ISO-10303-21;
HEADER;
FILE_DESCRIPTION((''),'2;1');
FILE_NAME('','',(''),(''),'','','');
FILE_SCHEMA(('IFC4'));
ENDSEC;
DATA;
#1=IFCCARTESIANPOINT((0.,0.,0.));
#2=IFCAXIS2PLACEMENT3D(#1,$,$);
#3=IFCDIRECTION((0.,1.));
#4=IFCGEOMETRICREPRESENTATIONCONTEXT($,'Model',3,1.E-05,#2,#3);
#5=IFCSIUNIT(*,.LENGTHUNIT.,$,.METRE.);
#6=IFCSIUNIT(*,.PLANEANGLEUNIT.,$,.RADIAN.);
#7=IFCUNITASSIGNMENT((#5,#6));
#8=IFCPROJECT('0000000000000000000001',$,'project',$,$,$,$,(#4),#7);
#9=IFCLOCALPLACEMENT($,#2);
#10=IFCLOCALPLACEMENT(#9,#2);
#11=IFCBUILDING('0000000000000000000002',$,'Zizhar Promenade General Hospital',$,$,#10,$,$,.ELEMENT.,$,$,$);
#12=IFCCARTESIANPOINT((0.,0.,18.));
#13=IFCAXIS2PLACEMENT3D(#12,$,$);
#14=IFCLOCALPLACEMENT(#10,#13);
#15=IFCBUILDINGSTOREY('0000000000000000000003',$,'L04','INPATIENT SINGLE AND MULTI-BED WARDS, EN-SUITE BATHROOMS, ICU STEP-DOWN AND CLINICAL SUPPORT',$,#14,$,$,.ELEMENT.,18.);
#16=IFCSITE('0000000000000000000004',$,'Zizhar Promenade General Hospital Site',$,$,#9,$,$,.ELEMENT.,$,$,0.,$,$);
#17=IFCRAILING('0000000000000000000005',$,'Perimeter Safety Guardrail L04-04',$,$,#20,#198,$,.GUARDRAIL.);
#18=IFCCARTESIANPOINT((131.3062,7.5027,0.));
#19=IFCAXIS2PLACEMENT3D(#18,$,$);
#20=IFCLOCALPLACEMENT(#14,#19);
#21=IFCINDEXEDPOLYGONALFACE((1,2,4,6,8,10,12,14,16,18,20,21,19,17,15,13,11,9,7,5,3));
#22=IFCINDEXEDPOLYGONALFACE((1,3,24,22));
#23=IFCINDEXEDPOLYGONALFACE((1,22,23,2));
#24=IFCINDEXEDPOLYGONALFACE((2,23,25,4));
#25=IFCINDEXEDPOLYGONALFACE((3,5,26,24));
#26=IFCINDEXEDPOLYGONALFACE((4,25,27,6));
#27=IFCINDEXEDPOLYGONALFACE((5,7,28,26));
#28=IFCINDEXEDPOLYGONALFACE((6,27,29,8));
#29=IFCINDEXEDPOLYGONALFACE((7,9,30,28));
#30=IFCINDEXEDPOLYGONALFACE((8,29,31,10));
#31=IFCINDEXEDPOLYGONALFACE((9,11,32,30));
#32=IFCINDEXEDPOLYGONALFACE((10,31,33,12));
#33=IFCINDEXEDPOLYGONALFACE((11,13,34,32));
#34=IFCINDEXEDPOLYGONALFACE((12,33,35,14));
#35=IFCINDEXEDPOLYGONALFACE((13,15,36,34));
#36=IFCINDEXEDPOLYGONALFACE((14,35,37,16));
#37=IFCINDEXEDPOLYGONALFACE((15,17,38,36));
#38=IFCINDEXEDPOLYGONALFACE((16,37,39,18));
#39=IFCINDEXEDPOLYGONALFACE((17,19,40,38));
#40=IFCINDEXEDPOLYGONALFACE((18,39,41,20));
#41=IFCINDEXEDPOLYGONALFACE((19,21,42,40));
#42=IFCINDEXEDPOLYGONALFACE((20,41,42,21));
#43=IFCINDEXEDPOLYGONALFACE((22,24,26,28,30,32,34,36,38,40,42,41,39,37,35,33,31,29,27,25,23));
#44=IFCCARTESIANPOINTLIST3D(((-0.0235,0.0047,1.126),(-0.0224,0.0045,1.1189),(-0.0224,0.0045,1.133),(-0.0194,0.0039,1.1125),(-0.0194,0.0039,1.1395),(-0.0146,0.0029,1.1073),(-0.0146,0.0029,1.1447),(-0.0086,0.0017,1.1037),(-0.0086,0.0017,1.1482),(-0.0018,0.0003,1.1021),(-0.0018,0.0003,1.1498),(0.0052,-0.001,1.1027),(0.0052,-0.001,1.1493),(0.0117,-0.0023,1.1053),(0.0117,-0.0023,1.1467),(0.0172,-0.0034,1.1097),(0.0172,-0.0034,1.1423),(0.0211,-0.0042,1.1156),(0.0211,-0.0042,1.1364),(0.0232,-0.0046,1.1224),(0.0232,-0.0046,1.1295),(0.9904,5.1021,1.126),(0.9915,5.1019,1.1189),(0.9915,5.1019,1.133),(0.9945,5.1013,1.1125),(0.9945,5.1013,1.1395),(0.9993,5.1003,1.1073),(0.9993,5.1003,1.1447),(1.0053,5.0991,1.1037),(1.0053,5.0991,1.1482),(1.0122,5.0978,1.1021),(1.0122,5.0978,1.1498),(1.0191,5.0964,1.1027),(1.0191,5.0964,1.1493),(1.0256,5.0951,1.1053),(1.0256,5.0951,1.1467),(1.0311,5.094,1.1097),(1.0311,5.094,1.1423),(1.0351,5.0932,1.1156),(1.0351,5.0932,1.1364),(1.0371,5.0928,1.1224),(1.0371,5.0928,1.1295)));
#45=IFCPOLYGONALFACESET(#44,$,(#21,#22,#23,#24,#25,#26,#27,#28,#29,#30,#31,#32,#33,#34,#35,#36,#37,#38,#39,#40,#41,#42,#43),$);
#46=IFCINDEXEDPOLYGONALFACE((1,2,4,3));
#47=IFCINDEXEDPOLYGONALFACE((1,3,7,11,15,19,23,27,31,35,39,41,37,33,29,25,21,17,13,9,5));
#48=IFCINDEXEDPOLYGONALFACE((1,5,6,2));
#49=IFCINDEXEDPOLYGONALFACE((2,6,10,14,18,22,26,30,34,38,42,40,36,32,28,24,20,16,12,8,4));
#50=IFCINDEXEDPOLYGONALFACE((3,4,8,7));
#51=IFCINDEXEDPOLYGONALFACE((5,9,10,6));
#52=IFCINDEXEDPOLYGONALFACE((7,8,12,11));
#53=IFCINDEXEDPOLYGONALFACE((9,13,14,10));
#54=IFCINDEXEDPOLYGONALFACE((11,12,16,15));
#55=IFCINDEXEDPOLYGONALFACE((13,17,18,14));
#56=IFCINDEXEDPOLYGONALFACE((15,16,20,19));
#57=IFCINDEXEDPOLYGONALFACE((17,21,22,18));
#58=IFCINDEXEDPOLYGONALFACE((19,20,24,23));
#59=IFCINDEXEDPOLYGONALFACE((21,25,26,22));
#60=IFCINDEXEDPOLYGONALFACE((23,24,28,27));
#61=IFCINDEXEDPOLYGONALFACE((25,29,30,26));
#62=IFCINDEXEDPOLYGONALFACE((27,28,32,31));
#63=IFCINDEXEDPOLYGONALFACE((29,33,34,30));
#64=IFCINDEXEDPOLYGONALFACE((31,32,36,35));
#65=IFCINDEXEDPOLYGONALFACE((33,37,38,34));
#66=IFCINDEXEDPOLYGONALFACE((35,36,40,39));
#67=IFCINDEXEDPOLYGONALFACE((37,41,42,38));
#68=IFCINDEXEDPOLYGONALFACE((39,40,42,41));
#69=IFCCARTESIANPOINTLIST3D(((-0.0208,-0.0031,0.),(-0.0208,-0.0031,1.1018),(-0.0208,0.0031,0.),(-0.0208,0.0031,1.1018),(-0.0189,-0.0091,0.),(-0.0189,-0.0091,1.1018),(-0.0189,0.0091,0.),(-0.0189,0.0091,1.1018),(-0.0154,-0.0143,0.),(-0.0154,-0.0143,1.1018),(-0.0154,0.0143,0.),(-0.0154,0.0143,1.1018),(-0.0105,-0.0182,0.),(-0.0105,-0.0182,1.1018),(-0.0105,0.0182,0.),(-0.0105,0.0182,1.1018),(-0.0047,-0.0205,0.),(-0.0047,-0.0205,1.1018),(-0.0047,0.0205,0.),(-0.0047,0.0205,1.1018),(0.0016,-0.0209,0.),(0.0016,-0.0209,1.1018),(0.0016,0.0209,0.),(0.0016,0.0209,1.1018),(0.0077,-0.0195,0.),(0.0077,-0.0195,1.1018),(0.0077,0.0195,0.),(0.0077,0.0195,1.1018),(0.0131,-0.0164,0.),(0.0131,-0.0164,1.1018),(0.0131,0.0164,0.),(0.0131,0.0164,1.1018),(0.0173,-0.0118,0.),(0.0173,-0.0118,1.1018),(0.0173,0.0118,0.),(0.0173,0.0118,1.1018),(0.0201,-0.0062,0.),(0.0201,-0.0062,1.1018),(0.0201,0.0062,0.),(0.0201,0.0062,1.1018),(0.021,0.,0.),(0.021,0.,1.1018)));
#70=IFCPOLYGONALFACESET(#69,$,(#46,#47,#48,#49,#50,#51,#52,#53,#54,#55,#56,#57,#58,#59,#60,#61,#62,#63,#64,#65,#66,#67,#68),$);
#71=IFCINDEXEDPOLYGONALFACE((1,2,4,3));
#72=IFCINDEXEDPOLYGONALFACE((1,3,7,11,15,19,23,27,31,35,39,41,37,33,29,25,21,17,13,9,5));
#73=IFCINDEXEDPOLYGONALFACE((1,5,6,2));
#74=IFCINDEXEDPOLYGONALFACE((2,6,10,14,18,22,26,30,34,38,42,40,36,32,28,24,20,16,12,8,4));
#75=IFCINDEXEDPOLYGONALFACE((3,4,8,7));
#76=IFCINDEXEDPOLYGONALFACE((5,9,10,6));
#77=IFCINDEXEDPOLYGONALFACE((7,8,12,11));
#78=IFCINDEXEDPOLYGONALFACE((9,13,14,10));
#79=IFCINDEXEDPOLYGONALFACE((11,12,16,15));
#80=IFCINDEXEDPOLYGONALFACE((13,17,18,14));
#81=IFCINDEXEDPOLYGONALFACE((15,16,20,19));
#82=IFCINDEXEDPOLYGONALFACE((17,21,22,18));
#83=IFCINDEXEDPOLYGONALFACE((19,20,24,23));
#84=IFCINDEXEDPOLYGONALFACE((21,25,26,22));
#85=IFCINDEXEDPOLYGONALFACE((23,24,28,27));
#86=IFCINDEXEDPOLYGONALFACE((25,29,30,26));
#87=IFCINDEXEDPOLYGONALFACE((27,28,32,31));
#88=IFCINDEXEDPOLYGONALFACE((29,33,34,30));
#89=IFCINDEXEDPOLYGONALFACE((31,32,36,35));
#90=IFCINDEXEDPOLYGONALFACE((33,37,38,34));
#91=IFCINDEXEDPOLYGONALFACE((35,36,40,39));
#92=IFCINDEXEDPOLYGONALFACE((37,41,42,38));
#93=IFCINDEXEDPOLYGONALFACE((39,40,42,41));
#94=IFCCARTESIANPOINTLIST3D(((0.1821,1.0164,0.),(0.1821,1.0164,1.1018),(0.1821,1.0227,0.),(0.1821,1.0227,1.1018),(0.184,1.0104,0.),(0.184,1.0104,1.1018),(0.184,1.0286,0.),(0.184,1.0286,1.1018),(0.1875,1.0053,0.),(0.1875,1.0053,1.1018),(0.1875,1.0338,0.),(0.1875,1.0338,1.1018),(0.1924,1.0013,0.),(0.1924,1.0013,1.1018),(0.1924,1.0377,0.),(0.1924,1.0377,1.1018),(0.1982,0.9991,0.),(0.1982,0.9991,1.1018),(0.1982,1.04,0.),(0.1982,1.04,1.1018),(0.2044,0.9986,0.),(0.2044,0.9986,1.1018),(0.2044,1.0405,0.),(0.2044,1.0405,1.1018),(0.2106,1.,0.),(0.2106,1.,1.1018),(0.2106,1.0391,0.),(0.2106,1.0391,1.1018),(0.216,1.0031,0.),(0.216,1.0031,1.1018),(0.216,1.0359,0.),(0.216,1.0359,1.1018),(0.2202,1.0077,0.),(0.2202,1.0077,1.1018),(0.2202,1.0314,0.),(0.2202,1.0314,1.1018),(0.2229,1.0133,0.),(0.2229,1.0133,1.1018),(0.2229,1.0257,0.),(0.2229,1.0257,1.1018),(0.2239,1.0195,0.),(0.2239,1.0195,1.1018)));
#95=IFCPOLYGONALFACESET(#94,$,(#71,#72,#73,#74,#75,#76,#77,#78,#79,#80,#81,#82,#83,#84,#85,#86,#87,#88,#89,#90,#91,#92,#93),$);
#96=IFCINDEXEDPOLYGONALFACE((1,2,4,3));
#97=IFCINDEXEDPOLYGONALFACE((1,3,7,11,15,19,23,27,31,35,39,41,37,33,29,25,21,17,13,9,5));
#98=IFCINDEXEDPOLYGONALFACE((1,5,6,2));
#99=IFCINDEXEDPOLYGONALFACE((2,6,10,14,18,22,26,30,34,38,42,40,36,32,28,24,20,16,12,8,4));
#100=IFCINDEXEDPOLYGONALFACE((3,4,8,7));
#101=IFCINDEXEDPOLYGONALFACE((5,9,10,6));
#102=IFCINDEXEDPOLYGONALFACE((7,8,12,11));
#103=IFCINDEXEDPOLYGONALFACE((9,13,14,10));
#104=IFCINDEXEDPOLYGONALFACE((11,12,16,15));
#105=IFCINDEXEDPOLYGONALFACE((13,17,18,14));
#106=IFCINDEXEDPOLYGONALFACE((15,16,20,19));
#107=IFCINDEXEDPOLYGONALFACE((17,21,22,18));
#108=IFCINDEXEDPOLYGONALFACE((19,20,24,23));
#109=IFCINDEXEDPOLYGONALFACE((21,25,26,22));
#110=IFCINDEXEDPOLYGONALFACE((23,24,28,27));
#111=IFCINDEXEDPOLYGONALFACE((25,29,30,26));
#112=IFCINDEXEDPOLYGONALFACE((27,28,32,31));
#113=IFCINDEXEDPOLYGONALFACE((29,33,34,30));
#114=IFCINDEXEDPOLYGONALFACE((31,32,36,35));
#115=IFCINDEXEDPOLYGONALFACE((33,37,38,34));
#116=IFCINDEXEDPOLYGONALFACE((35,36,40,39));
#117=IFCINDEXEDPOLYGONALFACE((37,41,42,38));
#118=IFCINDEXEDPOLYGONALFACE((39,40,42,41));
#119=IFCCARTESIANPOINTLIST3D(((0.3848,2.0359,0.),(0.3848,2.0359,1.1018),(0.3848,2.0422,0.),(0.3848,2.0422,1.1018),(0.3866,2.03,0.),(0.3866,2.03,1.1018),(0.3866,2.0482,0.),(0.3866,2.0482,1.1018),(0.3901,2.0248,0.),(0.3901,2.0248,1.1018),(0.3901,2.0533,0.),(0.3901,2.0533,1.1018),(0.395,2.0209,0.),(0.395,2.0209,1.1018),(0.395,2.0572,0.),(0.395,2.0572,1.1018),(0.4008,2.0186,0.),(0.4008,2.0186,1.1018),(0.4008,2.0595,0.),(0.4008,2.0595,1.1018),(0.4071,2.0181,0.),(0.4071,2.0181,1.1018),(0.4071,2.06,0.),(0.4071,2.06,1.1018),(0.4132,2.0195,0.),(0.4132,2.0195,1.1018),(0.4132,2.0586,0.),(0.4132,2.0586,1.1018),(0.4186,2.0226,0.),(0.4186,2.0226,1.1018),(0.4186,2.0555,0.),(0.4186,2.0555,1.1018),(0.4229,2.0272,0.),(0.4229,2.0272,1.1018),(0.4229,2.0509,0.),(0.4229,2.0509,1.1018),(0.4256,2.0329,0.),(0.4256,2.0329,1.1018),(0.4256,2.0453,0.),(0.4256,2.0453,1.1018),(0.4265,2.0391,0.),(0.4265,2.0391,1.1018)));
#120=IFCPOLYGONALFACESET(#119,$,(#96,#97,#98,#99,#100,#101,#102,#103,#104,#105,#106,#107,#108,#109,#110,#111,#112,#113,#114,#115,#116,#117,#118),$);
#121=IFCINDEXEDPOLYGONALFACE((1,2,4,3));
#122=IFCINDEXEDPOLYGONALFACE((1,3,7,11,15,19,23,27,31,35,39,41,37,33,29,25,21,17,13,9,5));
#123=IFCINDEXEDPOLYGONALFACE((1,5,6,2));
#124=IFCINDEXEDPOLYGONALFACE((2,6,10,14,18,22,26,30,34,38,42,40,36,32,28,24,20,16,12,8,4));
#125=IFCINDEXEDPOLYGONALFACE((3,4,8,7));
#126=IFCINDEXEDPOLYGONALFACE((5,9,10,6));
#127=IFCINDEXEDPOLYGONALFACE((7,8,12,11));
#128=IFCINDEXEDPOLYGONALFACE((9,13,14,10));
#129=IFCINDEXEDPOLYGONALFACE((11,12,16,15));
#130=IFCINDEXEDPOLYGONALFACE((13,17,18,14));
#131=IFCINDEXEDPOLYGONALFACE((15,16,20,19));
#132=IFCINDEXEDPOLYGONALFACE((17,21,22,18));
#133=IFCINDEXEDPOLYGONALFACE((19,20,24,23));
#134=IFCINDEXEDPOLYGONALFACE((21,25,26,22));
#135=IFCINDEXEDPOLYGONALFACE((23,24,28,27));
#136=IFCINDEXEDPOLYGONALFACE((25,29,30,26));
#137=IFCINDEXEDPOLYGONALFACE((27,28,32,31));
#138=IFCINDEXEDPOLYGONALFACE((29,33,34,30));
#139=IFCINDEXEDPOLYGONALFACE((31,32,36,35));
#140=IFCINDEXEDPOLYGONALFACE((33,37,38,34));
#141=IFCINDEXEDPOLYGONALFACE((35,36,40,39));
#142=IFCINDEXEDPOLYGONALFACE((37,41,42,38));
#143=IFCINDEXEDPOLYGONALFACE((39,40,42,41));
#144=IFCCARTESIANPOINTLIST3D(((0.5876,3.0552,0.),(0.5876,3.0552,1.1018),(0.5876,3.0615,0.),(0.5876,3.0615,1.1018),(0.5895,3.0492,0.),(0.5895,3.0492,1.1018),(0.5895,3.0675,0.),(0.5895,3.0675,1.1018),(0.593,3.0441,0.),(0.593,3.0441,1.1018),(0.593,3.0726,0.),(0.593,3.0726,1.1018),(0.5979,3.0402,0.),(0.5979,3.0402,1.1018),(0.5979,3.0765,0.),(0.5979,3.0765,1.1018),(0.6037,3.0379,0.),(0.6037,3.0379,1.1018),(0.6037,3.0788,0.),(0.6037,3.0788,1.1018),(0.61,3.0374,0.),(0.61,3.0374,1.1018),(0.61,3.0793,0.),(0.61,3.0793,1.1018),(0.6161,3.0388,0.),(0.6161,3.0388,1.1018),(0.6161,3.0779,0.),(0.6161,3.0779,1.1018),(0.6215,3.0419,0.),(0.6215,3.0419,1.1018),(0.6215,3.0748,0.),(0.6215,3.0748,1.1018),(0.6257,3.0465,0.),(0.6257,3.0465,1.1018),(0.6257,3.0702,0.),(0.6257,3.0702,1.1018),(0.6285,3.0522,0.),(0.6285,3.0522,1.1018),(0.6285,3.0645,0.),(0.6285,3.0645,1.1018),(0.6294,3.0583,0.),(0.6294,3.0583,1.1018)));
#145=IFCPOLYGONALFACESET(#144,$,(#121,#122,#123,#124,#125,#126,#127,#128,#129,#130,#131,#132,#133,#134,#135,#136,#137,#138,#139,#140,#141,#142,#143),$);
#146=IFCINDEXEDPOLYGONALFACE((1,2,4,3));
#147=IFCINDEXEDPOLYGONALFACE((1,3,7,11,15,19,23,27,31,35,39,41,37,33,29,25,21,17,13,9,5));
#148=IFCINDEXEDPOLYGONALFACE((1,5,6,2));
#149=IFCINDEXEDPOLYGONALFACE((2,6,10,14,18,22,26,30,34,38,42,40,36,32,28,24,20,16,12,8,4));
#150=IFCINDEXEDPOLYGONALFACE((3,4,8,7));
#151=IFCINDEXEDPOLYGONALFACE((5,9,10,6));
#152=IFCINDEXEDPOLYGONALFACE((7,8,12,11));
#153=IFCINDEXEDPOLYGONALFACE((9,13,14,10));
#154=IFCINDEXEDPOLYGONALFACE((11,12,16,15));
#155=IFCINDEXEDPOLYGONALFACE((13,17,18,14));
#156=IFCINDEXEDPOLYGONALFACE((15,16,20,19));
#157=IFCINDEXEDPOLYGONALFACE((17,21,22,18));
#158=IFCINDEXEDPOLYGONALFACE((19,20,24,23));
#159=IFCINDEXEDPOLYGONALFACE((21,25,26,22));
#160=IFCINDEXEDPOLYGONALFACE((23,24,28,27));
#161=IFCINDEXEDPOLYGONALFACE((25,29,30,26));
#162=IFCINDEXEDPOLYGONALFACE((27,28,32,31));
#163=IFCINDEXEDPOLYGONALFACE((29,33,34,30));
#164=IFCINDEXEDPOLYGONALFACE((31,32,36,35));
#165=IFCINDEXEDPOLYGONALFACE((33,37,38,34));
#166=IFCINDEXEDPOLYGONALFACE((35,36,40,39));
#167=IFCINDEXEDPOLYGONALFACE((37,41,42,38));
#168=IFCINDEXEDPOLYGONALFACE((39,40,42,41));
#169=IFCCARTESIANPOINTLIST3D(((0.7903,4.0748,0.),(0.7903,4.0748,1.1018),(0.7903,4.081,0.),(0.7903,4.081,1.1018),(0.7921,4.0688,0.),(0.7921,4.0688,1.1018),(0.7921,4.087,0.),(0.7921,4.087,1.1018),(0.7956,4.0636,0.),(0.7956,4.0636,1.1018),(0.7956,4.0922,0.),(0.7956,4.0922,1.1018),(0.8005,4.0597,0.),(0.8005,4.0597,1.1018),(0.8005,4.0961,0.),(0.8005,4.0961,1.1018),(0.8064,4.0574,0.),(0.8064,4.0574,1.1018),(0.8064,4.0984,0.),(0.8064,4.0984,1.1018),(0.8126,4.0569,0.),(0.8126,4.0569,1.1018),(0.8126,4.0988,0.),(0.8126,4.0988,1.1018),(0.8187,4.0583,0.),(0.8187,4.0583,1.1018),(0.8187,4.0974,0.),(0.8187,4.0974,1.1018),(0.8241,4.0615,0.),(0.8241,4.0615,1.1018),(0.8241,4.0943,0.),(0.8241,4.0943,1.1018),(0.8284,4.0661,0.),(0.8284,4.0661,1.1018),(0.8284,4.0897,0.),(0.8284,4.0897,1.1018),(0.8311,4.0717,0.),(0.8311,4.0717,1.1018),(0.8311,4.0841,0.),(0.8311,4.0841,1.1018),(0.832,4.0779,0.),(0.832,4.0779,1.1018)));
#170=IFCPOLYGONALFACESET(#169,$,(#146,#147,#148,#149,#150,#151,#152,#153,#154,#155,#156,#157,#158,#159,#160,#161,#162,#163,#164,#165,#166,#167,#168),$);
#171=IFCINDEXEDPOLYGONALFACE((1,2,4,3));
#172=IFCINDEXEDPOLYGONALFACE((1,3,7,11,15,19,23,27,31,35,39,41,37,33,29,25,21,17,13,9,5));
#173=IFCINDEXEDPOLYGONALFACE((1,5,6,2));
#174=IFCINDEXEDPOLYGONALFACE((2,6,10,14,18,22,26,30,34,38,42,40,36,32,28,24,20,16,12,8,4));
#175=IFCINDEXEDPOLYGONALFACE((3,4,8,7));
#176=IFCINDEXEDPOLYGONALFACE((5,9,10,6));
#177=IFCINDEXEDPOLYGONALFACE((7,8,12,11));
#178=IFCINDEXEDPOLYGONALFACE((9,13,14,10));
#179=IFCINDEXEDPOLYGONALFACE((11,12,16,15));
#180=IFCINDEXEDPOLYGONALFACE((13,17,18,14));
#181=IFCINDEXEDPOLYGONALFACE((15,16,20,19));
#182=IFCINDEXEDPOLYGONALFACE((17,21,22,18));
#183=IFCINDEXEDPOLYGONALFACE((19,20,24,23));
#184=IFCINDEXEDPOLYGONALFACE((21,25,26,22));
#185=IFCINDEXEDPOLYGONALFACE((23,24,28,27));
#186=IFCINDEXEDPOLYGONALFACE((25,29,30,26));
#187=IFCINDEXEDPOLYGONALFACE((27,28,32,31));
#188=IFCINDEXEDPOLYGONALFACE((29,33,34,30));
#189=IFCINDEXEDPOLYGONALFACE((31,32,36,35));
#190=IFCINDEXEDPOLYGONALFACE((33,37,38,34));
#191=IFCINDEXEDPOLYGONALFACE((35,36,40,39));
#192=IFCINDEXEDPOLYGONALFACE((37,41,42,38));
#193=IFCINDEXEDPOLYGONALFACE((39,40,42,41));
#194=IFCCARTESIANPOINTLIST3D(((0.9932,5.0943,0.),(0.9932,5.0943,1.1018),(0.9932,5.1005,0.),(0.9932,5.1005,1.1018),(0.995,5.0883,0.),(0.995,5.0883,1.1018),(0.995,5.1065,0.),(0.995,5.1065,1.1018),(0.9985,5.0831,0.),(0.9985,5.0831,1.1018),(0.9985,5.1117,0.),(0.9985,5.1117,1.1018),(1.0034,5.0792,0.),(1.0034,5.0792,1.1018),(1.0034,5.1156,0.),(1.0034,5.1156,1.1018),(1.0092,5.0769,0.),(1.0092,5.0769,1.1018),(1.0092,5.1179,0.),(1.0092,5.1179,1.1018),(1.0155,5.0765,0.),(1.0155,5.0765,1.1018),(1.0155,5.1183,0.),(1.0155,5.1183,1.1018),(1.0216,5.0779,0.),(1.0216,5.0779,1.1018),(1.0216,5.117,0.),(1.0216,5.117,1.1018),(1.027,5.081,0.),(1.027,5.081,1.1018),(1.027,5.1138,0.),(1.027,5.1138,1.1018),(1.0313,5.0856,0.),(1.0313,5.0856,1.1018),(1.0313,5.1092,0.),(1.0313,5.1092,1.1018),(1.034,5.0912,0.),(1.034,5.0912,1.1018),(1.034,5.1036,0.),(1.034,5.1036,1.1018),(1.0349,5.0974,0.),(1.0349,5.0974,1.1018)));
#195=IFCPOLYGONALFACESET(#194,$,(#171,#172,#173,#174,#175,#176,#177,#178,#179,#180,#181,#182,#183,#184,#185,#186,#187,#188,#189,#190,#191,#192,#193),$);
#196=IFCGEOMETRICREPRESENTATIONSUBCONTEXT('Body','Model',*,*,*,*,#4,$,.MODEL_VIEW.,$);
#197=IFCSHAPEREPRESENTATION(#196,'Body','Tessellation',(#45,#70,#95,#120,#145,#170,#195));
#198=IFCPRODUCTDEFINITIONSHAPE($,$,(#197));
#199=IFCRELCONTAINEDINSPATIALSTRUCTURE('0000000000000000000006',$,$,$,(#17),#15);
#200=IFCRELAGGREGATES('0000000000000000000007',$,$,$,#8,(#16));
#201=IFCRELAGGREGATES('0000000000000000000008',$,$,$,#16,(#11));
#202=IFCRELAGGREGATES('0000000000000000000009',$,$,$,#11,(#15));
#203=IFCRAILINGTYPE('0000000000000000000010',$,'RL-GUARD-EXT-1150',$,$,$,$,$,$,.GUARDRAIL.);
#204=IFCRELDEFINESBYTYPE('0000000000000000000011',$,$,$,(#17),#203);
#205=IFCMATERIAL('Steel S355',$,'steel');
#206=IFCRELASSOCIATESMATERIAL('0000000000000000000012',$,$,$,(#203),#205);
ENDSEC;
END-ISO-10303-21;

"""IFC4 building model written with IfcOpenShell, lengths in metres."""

from ifc_helpers import new_model, si_unit, direction, frame, origin, origin_2d, place, context, subcontext, project, spatial, hollow_rectangle, circle, extrude, material, material_profile, profile_set, type_object, element, save


model = new_model("IFC4")

# Units and contexts
model_context = context("Model", 3, precision=1e-05, world=origin(), true_north=direction((0.0, 1.0)))
body_context = subcontext(model_context, "Body", "Model", "MODEL_VIEW")
ifc_project = project(units=[si_unit("LENGTHUNIT", "METRE"), si_unit("PLANEANGLEUNIT", "RADIAN")], contexts=[model_context])

# Site, building, storey
site_placement = place(None, origin())
site = spatial("IfcSite", under=ifc_project, at=site_placement, Name="Zizhar Promenade General Hospital Site", CompositionType="ELEMENT", RefElevation=0.0)
building_placement = place(site_placement, origin())
building = spatial("IfcBuilding", under=site, at=building_placement, Name="Zizhar Promenade General Hospital", CompositionType="ELEMENT")
storey_placement = place(building_placement, frame((0.0, 0.0, 18.0)))
storey = spatial("IfcBuildingStorey", under=building, at=storey_placement, Name="L04", Description="INPATIENT SINGLE AND MULTI-BED WARDS, EN-SUITE BATHROOMS, ICU STEP-DOWN AND CLINICAL SUPPORT", CompositionType="ELEMENT", Elevation=18.0)

# Railing
ifc_material_1 = material(Name="Steel S355", Category="steel")
ifc_material_profile_1 = material_profile(ifc_material_1, hollow_rectangle(XDim=0.0601, YDim=0.1201, WallThickness=0.0039, at=origin_2d()))
ifc_profile_set_1 = profile_set([ifc_material_profile_1], Name="Steel S355")
railing_type = type_object("IfcRailingType", Name="RL-GUARD-EXT-1150", PredefinedType="GUARDRAIL", material=ifc_profile_set_1)
railing_1_placement = place(storey_placement, frame((131.3062, 7.5027, 0.0)))
element("IfcRailing", 1, at=railing_1_placement, inside=storey, type_object=railing_type, Name="Perimeter Safety Guardrail L04-04", PredefinedType="GUARDRAIL", context=body_context, shape_type="SweptSolid", body=[
    extrude(circle(Radius=0.0239, at=origin_2d()), frame((0.0, 0.0, 1.126), z_axis=(0.195086, 0.980786, 0.0), x_axis=(-0.980786, 0.195086, 0.0)), (0.0, 0.0, 1.0), 5.1973),
    extrude(circle(Radius=0.021, at=origin_2d()), origin(), (0.0, 0.0, 1.0), 1.1018),
    extrude(circle(Radius=0.021, at=origin_2d()), frame((0.2029, 1.0195, 0.0)), (0.0, 0.0, 1.0), 1.1018),
    extrude(circle(Radius=0.021, at=origin_2d()), frame((0.4055, 2.0391, 0.0)), (0.0, 0.0, 1.0), 1.1018),
    extrude(circle(Radius=0.021, at=origin_2d()), frame((0.6084, 3.0583, 0.0)), (0.0, 0.0, 1.0), 1.1018),
    extrude(circle(Radius=0.021, at=origin_2d()), frame((0.811, 4.0779, 0.0)), (0.0, 0.0, 1.0), 1.1018),
    extrude(circle(Radius=0.021, at=origin_2d()), frame((1.0139, 5.0974, 0.0)), (0.0, 0.0, 1.0), 1.1018),
])

save(model, "model.ifc")
